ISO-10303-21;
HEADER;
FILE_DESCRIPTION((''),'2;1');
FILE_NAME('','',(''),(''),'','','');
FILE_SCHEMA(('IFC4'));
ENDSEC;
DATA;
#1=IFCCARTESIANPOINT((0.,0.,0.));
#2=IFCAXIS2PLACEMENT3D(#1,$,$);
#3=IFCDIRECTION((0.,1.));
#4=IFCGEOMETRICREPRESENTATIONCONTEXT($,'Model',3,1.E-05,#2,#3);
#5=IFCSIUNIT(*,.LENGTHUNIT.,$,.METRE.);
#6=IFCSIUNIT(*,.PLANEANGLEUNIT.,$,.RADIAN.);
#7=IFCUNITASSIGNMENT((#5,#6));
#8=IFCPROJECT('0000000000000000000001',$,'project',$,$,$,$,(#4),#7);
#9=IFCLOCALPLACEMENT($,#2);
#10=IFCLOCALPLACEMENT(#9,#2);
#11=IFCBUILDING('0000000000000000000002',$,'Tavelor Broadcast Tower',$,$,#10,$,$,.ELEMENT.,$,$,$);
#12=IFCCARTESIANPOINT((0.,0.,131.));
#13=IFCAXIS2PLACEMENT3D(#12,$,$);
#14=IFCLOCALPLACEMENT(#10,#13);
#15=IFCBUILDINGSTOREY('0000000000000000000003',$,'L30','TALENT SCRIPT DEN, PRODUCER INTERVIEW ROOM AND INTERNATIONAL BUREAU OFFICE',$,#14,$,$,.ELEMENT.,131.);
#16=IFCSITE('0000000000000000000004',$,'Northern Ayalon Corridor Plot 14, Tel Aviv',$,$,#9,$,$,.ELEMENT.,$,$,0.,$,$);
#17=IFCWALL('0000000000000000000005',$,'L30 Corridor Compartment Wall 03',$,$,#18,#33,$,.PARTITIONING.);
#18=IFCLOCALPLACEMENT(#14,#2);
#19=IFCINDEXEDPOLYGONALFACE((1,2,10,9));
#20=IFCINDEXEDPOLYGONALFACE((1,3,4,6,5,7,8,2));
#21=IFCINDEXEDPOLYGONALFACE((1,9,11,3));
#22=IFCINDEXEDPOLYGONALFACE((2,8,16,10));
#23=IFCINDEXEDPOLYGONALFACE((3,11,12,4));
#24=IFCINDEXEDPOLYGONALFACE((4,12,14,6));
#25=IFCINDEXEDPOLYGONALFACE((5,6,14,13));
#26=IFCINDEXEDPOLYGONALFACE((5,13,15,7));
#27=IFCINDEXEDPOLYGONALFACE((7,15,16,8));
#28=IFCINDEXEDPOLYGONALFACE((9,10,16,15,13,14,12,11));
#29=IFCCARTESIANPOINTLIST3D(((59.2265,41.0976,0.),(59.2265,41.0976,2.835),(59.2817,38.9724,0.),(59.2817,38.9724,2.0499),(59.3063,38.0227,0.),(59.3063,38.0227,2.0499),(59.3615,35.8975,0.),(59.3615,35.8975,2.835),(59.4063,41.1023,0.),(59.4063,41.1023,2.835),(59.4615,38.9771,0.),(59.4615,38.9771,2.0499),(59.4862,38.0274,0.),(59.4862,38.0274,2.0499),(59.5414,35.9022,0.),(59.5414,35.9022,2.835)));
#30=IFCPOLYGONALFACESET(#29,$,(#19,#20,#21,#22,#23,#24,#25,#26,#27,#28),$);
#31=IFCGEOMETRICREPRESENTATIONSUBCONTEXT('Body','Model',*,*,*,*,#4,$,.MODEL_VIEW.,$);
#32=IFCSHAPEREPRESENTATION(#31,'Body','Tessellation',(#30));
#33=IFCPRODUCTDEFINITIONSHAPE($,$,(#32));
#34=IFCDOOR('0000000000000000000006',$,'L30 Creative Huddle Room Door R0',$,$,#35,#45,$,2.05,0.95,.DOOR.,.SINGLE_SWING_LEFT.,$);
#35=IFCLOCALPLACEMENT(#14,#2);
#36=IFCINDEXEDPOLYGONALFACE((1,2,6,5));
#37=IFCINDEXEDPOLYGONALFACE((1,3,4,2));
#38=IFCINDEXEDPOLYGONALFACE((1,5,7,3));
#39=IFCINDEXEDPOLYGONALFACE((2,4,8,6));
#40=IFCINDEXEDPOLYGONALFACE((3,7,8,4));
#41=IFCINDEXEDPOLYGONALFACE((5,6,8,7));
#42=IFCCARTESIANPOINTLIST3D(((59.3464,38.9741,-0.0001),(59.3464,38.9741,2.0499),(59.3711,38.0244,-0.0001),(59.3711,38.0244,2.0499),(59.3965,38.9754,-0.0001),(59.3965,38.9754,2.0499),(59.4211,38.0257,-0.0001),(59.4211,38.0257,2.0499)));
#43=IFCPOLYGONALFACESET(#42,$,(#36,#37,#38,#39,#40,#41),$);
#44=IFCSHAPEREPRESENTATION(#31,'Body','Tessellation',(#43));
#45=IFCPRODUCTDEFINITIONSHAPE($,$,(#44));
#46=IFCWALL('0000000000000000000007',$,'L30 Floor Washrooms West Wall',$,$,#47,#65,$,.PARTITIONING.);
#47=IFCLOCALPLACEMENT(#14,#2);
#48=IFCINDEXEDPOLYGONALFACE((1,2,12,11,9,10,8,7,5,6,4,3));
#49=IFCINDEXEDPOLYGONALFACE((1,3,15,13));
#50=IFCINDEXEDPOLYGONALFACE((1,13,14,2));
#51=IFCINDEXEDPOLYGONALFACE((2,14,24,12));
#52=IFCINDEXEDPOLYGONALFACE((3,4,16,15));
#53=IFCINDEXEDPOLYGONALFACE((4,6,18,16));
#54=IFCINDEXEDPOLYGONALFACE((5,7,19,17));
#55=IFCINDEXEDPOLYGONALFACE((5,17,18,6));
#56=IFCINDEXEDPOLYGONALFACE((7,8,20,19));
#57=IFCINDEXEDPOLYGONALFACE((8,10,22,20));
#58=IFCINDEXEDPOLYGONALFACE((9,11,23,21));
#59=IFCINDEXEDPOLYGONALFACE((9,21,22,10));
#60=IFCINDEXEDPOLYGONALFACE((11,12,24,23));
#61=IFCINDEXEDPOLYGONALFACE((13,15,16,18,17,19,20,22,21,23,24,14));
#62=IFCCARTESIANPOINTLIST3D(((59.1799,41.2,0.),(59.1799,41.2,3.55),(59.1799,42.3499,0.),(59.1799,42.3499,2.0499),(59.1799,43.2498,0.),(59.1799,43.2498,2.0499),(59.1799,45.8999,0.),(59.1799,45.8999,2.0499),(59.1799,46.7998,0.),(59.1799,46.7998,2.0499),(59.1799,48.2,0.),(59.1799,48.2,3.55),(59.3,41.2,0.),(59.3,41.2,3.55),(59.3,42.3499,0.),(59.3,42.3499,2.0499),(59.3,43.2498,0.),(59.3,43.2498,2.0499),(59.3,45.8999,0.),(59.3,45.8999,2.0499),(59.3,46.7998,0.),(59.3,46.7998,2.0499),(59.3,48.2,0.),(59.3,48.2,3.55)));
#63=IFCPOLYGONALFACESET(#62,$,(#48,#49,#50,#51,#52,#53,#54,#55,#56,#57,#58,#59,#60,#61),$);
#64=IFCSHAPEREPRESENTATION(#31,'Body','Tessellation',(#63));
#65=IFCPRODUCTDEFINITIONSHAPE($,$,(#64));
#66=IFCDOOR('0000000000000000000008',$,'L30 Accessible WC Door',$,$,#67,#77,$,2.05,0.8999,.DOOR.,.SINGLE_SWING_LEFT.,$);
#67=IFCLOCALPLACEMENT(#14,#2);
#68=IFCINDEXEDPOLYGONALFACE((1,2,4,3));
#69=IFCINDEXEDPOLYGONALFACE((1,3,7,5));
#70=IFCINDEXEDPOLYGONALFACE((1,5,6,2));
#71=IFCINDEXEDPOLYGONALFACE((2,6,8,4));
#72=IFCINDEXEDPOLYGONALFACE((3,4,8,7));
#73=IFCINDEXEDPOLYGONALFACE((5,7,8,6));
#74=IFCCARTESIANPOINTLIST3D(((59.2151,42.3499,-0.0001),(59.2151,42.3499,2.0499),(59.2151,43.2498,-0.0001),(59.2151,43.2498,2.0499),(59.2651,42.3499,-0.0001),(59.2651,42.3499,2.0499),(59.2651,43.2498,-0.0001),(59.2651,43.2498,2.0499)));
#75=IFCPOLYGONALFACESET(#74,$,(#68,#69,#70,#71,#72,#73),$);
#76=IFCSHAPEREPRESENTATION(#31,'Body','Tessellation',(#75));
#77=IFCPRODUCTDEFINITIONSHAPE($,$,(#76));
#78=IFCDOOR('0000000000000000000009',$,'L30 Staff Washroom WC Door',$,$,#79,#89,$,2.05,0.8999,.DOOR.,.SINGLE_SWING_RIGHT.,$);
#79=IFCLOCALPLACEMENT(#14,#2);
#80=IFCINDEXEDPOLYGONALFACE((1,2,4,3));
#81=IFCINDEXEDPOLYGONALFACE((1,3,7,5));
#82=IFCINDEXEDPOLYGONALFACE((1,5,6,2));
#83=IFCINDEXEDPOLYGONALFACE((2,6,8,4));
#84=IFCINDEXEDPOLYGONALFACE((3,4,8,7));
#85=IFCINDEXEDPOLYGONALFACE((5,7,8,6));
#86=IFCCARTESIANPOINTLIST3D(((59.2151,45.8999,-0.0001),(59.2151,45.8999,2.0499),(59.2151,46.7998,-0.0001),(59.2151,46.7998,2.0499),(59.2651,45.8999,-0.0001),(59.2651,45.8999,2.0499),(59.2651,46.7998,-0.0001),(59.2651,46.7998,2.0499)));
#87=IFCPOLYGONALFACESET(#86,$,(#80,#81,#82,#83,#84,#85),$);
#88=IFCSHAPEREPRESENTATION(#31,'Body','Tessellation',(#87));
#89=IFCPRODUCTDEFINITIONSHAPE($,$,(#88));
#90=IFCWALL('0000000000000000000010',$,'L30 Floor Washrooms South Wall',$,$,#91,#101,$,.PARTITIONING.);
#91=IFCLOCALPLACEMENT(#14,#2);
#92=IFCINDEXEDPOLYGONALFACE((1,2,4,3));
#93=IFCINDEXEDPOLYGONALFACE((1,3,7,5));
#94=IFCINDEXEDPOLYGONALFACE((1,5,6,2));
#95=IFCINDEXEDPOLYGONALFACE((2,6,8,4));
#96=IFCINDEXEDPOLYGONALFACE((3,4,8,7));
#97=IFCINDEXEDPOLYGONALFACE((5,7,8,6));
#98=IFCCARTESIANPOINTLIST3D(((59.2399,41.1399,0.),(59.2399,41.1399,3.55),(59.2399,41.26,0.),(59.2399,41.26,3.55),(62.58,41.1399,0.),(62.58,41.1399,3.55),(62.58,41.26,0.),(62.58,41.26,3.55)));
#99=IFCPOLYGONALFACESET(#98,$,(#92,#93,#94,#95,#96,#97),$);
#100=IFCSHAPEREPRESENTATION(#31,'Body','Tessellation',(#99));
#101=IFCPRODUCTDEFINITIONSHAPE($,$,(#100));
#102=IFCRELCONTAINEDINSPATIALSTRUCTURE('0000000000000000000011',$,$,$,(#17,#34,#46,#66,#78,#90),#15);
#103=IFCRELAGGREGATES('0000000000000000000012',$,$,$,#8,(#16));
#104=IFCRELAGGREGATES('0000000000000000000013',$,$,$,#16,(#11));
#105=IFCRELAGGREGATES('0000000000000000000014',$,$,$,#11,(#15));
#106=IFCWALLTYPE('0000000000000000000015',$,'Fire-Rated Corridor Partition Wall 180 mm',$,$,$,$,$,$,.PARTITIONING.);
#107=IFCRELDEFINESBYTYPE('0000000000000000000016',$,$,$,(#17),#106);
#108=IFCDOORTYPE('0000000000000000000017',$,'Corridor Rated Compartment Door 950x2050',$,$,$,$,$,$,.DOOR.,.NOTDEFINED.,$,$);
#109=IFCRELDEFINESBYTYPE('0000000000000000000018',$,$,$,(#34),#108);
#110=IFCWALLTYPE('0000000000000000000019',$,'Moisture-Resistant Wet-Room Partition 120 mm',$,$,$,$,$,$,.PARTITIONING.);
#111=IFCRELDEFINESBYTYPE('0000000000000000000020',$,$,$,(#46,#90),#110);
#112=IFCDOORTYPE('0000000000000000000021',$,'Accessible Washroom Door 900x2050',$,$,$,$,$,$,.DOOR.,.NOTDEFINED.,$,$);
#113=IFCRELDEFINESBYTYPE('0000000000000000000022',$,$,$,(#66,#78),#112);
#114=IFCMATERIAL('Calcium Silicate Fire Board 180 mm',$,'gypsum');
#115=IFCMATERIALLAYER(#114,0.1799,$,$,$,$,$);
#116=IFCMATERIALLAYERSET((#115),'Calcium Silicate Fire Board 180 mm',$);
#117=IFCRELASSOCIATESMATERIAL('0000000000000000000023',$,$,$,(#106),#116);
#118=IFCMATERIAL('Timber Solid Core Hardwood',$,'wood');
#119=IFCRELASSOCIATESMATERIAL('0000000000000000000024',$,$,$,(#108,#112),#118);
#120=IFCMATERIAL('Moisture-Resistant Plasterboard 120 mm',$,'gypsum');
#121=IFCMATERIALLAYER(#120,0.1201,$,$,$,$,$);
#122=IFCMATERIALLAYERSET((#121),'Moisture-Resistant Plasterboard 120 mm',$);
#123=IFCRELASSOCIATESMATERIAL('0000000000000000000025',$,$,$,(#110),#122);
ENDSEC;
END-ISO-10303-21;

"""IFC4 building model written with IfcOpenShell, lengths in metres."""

from ifc_helpers import new_model, si_unit, direction, frame, frame_2d, origin, place, context, subcontext, project, spatial, rectangle, extrude, material, layer, layer_set, type_object, element, fill, save


model = new_model("IFC4")

# Units and contexts
model_context = context("Model", 3, precision=1e-05, world=origin(), true_north=direction((0.0, 1.0)))
body_context = subcontext(model_context, "Body", "Model", "MODEL_VIEW")
ifc_project = project(units=[si_unit("LENGTHUNIT", "METRE"), si_unit("PLANEANGLEUNIT", "RADIAN")], contexts=[model_context])

# Site, building, storey
site_placement = place(None, origin())
site = spatial("IfcSite", under=ifc_project, at=site_placement, Name="Northern Ayalon Corridor Plot 14, Tel Aviv", CompositionType="ELEMENT", RefElevation=0.0)
building_placement = place(site_placement, origin())
building = spatial("IfcBuilding", under=site, at=building_placement, Name="Tavelor Broadcast Tower", CompositionType="ELEMENT")
storey_placement = place(building_placement, frame((0.0, 0.0, 131.0)))
storey = spatial("IfcBuildingStorey", under=building, at=storey_placement, Name="L30", Description="TALENT SCRIPT DEN, PRODUCER INTERVIEW ROOM AND INTERNATIONAL BUREAU OFFICE", CompositionType="ELEMENT", Elevation=131.0)

# Wall, opening, door
ifc_material_1 = material(Name="Calcium Silicate Fire Board 180 mm", Category="gypsum")
ifc_layer_1 = layer(ifc_material_1, 0.1799)
ifc_layer_set_1 = layer_set([ifc_layer_1], Name="Calcium Silicate Fire Board 180 mm")
wall_type_1 = type_object("IfcWallType", Name="Fire-Rated Corridor Partition Wall 180 mm", PredefinedType="PARTITIONING", material=ifc_layer_set_1)
wall_1_placement = place(storey_placement, frame((59.3164, 41.1001, 0.0), z_axis=(0.0, 0.0, 1.0), x_axis=(0.025954, -0.999663, 0.0)))
wall_1 = element("IfcWall", 1, at=wall_1_placement, inside=storey, type_object=wall_type_1, Name="L30 Corridor Compartment Wall 03", PredefinedType="PARTITIONING", context=body_context, shape_type="SweptSolid", body=[
    extrude(rectangle(XDim=5.2019, YDim=0.1799, at=frame_2d((2.6011, 0.0))), origin(), (0.0, 0.0, 1.0), 2.835),
])
opening_1_placement = place(wall_1_placement, frame((2.126, 0.0, 0.0)))
opening_1 = element("IfcOpeningElement", 2, at=opening_1_placement, cuts=wall_1, PredefinedType="OPENING", context=body_context, shape_type="SweptSolid", body=[
    extrude(rectangle(XDim=0.95, YDim=2.05, at=frame_2d((0.4751, 1.0249))), frame((0.0, 0.1001, 0.0), z_axis=(0.0, -1.0, 0.0), x_axis=(1.0, 0.0, 0.0)), (0.0, 0.0, 1.0), 0.2),
])
ifc_material_2 = material(Name="Timber Solid Core Hardwood", Category="wood")
door_type_1 = type_object("IfcDoorType", Name="Corridor Rated Compartment Door 950x2050", OperationType="NOTDEFINED", PredefinedType="DOOR", material=ifc_material_2)
door_1_placement = place(opening_1_placement, origin())
door_1 = element("IfcDoor", 3, at=door_1_placement, inside=storey, type_object=door_type_1, Name="L30 Creative Huddle Room Door R0", OperationType="SINGLE_SWING_LEFT", OverallHeight=2.05, OverallWidth=0.95, PredefinedType="DOOR", context=body_context, shape_type="SweptSolid", body=[
    extrude(rectangle(XDim=0.95, YDim=2.05, at=frame_2d((0.4751, 1.0249))), frame((0.0, 0.0249, 0.0), z_axis=(0.0, -1.0, 0.0), x_axis=(1.0, 0.0, 0.0)), (0.0, 0.0, 1.0), 0.05),
])
fill(opening_1, door_1)

# Wall, openings, doors
ifc_material_3 = material(Name="Moisture-Resistant Plasterboard 120 mm", Category="gypsum")
ifc_layer_2 = layer(ifc_material_3, 0.1201)
ifc_layer_set_2 = layer_set([ifc_layer_2], Name="Moisture-Resistant Plasterboard 120 mm")
wall_type_2 = type_object("IfcWallType", Name="Moisture-Resistant Wet-Room Partition 120 mm", PredefinedType="PARTITIONING", material=ifc_layer_set_2)
wall_2_placement = place(storey_placement, frame((59.24, 41.2, 0.0), z_axis=(0.0, 0.0, 1.0), x_axis=(0.0, 1.0, 0.0)))
wall_2 = element("IfcWall", 4, at=wall_2_placement, inside=storey, type_object=wall_type_2, Name="L30 Floor Washrooms West Wall", PredefinedType="PARTITIONING", context=body_context, shape_type="SweptSolid", body=[
    extrude(rectangle(XDim=7.0, YDim=0.1201, at=frame_2d((3.5, 0.0))), origin(), (0.0, 0.0, 1.0), 3.55),
])
opening_2_placement = place(wall_2_placement, frame((1.1499, 0.0, 0.0)))
opening_2 = element("IfcOpeningElement", 5, at=opening_2_placement, cuts=wall_2, PredefinedType="OPENING", context=body_context, shape_type="SweptSolid", body=[
    extrude(rectangle(XDim=0.8999, YDim=2.05, at=frame_2d((0.45, 1.0249))), frame((0.0, 0.0701, 0.0), z_axis=(0.0, -1.0, 0.0), x_axis=(1.0, 0.0, 0.0)), (0.0, 0.0, 1.0), 0.1401),
])
opening_3_placement = place(wall_2_placement, frame((4.7, 0.0, 0.0)))
opening_3 = element("IfcOpeningElement", 6, at=opening_3_placement, cuts=wall_2, PredefinedType="OPENING", context=body_context, shape_type="SweptSolid", body=[
    extrude(rectangle(XDim=0.8999, YDim=2.05, at=frame_2d((0.45, 1.0249))), frame((0.0, 0.0701, 0.0), z_axis=(0.0, -1.0, 0.0), x_axis=(1.0, 0.0, 0.0)), (0.0, 0.0, 1.0), 0.1401),
])
door_type_2 = type_object("IfcDoorType", Name="Accessible Washroom Door 900x2050", OperationType="NOTDEFINED", PredefinedType="DOOR", material=ifc_material_2)
door_2_placement = place(opening_2_placement, origin())
door_2 = element("IfcDoor", 7, at=door_2_placement, inside=storey, type_object=door_type_2, Name="L30 Accessible WC Door", OperationType="SINGLE_SWING_LEFT", OverallHeight=2.05, OverallWidth=0.8999, PredefinedType="DOOR", context=body_context, shape_type="SweptSolid", body=[
    extrude(rectangle(XDim=0.8999, YDim=2.05, at=frame_2d((0.45, 1.0249))), frame((0.0, 0.0249, 0.0), z_axis=(0.0, -1.0, 0.0), x_axis=(1.0, 0.0, 0.0)), (0.0, 0.0, 1.0), 0.05),
])
fill(opening_2, door_2)
door_3_placement = place(opening_3_placement, origin())
door_3 = element("IfcDoor", 8, at=door_3_placement, inside=storey, type_object=door_type_2, Name="L30 Staff Washroom WC Door", OperationType="SINGLE_SWING_RIGHT", OverallHeight=2.05, OverallWidth=0.8999, PredefinedType="DOOR", context=body_context, shape_type="SweptSolid", body=[
    extrude(rectangle(XDim=0.8999, YDim=2.05, at=frame_2d((0.45, 1.0249))), frame((0.0, 0.0249, 0.0), z_axis=(0.0, -1.0, 0.0), x_axis=(1.0, 0.0, 0.0)), (0.0, 0.0, 1.0), 0.05),
])
fill(opening_3, door_3)

# Wall
wall_3_placement = place(storey_placement, frame((59.24, 41.2, 0.0), z_axis=(0.0, 0.0, 1.0), x_axis=(1.0, 0.0, 0.0)))
element("IfcWall", 9, at=wall_3_placement, inside=storey, type_object=wall_type_2, Name="L30 Floor Washrooms South Wall", PredefinedType="PARTITIONING", context=body_context, shape_type="SweptSolid", body=[
    extrude(rectangle(XDim=3.3401, YDim=0.1201, at=frame_2d((1.6699, 0.0))), origin(), (0.0, 0.0, 1.0), 3.55),
])

save(model, "model.ifc")
